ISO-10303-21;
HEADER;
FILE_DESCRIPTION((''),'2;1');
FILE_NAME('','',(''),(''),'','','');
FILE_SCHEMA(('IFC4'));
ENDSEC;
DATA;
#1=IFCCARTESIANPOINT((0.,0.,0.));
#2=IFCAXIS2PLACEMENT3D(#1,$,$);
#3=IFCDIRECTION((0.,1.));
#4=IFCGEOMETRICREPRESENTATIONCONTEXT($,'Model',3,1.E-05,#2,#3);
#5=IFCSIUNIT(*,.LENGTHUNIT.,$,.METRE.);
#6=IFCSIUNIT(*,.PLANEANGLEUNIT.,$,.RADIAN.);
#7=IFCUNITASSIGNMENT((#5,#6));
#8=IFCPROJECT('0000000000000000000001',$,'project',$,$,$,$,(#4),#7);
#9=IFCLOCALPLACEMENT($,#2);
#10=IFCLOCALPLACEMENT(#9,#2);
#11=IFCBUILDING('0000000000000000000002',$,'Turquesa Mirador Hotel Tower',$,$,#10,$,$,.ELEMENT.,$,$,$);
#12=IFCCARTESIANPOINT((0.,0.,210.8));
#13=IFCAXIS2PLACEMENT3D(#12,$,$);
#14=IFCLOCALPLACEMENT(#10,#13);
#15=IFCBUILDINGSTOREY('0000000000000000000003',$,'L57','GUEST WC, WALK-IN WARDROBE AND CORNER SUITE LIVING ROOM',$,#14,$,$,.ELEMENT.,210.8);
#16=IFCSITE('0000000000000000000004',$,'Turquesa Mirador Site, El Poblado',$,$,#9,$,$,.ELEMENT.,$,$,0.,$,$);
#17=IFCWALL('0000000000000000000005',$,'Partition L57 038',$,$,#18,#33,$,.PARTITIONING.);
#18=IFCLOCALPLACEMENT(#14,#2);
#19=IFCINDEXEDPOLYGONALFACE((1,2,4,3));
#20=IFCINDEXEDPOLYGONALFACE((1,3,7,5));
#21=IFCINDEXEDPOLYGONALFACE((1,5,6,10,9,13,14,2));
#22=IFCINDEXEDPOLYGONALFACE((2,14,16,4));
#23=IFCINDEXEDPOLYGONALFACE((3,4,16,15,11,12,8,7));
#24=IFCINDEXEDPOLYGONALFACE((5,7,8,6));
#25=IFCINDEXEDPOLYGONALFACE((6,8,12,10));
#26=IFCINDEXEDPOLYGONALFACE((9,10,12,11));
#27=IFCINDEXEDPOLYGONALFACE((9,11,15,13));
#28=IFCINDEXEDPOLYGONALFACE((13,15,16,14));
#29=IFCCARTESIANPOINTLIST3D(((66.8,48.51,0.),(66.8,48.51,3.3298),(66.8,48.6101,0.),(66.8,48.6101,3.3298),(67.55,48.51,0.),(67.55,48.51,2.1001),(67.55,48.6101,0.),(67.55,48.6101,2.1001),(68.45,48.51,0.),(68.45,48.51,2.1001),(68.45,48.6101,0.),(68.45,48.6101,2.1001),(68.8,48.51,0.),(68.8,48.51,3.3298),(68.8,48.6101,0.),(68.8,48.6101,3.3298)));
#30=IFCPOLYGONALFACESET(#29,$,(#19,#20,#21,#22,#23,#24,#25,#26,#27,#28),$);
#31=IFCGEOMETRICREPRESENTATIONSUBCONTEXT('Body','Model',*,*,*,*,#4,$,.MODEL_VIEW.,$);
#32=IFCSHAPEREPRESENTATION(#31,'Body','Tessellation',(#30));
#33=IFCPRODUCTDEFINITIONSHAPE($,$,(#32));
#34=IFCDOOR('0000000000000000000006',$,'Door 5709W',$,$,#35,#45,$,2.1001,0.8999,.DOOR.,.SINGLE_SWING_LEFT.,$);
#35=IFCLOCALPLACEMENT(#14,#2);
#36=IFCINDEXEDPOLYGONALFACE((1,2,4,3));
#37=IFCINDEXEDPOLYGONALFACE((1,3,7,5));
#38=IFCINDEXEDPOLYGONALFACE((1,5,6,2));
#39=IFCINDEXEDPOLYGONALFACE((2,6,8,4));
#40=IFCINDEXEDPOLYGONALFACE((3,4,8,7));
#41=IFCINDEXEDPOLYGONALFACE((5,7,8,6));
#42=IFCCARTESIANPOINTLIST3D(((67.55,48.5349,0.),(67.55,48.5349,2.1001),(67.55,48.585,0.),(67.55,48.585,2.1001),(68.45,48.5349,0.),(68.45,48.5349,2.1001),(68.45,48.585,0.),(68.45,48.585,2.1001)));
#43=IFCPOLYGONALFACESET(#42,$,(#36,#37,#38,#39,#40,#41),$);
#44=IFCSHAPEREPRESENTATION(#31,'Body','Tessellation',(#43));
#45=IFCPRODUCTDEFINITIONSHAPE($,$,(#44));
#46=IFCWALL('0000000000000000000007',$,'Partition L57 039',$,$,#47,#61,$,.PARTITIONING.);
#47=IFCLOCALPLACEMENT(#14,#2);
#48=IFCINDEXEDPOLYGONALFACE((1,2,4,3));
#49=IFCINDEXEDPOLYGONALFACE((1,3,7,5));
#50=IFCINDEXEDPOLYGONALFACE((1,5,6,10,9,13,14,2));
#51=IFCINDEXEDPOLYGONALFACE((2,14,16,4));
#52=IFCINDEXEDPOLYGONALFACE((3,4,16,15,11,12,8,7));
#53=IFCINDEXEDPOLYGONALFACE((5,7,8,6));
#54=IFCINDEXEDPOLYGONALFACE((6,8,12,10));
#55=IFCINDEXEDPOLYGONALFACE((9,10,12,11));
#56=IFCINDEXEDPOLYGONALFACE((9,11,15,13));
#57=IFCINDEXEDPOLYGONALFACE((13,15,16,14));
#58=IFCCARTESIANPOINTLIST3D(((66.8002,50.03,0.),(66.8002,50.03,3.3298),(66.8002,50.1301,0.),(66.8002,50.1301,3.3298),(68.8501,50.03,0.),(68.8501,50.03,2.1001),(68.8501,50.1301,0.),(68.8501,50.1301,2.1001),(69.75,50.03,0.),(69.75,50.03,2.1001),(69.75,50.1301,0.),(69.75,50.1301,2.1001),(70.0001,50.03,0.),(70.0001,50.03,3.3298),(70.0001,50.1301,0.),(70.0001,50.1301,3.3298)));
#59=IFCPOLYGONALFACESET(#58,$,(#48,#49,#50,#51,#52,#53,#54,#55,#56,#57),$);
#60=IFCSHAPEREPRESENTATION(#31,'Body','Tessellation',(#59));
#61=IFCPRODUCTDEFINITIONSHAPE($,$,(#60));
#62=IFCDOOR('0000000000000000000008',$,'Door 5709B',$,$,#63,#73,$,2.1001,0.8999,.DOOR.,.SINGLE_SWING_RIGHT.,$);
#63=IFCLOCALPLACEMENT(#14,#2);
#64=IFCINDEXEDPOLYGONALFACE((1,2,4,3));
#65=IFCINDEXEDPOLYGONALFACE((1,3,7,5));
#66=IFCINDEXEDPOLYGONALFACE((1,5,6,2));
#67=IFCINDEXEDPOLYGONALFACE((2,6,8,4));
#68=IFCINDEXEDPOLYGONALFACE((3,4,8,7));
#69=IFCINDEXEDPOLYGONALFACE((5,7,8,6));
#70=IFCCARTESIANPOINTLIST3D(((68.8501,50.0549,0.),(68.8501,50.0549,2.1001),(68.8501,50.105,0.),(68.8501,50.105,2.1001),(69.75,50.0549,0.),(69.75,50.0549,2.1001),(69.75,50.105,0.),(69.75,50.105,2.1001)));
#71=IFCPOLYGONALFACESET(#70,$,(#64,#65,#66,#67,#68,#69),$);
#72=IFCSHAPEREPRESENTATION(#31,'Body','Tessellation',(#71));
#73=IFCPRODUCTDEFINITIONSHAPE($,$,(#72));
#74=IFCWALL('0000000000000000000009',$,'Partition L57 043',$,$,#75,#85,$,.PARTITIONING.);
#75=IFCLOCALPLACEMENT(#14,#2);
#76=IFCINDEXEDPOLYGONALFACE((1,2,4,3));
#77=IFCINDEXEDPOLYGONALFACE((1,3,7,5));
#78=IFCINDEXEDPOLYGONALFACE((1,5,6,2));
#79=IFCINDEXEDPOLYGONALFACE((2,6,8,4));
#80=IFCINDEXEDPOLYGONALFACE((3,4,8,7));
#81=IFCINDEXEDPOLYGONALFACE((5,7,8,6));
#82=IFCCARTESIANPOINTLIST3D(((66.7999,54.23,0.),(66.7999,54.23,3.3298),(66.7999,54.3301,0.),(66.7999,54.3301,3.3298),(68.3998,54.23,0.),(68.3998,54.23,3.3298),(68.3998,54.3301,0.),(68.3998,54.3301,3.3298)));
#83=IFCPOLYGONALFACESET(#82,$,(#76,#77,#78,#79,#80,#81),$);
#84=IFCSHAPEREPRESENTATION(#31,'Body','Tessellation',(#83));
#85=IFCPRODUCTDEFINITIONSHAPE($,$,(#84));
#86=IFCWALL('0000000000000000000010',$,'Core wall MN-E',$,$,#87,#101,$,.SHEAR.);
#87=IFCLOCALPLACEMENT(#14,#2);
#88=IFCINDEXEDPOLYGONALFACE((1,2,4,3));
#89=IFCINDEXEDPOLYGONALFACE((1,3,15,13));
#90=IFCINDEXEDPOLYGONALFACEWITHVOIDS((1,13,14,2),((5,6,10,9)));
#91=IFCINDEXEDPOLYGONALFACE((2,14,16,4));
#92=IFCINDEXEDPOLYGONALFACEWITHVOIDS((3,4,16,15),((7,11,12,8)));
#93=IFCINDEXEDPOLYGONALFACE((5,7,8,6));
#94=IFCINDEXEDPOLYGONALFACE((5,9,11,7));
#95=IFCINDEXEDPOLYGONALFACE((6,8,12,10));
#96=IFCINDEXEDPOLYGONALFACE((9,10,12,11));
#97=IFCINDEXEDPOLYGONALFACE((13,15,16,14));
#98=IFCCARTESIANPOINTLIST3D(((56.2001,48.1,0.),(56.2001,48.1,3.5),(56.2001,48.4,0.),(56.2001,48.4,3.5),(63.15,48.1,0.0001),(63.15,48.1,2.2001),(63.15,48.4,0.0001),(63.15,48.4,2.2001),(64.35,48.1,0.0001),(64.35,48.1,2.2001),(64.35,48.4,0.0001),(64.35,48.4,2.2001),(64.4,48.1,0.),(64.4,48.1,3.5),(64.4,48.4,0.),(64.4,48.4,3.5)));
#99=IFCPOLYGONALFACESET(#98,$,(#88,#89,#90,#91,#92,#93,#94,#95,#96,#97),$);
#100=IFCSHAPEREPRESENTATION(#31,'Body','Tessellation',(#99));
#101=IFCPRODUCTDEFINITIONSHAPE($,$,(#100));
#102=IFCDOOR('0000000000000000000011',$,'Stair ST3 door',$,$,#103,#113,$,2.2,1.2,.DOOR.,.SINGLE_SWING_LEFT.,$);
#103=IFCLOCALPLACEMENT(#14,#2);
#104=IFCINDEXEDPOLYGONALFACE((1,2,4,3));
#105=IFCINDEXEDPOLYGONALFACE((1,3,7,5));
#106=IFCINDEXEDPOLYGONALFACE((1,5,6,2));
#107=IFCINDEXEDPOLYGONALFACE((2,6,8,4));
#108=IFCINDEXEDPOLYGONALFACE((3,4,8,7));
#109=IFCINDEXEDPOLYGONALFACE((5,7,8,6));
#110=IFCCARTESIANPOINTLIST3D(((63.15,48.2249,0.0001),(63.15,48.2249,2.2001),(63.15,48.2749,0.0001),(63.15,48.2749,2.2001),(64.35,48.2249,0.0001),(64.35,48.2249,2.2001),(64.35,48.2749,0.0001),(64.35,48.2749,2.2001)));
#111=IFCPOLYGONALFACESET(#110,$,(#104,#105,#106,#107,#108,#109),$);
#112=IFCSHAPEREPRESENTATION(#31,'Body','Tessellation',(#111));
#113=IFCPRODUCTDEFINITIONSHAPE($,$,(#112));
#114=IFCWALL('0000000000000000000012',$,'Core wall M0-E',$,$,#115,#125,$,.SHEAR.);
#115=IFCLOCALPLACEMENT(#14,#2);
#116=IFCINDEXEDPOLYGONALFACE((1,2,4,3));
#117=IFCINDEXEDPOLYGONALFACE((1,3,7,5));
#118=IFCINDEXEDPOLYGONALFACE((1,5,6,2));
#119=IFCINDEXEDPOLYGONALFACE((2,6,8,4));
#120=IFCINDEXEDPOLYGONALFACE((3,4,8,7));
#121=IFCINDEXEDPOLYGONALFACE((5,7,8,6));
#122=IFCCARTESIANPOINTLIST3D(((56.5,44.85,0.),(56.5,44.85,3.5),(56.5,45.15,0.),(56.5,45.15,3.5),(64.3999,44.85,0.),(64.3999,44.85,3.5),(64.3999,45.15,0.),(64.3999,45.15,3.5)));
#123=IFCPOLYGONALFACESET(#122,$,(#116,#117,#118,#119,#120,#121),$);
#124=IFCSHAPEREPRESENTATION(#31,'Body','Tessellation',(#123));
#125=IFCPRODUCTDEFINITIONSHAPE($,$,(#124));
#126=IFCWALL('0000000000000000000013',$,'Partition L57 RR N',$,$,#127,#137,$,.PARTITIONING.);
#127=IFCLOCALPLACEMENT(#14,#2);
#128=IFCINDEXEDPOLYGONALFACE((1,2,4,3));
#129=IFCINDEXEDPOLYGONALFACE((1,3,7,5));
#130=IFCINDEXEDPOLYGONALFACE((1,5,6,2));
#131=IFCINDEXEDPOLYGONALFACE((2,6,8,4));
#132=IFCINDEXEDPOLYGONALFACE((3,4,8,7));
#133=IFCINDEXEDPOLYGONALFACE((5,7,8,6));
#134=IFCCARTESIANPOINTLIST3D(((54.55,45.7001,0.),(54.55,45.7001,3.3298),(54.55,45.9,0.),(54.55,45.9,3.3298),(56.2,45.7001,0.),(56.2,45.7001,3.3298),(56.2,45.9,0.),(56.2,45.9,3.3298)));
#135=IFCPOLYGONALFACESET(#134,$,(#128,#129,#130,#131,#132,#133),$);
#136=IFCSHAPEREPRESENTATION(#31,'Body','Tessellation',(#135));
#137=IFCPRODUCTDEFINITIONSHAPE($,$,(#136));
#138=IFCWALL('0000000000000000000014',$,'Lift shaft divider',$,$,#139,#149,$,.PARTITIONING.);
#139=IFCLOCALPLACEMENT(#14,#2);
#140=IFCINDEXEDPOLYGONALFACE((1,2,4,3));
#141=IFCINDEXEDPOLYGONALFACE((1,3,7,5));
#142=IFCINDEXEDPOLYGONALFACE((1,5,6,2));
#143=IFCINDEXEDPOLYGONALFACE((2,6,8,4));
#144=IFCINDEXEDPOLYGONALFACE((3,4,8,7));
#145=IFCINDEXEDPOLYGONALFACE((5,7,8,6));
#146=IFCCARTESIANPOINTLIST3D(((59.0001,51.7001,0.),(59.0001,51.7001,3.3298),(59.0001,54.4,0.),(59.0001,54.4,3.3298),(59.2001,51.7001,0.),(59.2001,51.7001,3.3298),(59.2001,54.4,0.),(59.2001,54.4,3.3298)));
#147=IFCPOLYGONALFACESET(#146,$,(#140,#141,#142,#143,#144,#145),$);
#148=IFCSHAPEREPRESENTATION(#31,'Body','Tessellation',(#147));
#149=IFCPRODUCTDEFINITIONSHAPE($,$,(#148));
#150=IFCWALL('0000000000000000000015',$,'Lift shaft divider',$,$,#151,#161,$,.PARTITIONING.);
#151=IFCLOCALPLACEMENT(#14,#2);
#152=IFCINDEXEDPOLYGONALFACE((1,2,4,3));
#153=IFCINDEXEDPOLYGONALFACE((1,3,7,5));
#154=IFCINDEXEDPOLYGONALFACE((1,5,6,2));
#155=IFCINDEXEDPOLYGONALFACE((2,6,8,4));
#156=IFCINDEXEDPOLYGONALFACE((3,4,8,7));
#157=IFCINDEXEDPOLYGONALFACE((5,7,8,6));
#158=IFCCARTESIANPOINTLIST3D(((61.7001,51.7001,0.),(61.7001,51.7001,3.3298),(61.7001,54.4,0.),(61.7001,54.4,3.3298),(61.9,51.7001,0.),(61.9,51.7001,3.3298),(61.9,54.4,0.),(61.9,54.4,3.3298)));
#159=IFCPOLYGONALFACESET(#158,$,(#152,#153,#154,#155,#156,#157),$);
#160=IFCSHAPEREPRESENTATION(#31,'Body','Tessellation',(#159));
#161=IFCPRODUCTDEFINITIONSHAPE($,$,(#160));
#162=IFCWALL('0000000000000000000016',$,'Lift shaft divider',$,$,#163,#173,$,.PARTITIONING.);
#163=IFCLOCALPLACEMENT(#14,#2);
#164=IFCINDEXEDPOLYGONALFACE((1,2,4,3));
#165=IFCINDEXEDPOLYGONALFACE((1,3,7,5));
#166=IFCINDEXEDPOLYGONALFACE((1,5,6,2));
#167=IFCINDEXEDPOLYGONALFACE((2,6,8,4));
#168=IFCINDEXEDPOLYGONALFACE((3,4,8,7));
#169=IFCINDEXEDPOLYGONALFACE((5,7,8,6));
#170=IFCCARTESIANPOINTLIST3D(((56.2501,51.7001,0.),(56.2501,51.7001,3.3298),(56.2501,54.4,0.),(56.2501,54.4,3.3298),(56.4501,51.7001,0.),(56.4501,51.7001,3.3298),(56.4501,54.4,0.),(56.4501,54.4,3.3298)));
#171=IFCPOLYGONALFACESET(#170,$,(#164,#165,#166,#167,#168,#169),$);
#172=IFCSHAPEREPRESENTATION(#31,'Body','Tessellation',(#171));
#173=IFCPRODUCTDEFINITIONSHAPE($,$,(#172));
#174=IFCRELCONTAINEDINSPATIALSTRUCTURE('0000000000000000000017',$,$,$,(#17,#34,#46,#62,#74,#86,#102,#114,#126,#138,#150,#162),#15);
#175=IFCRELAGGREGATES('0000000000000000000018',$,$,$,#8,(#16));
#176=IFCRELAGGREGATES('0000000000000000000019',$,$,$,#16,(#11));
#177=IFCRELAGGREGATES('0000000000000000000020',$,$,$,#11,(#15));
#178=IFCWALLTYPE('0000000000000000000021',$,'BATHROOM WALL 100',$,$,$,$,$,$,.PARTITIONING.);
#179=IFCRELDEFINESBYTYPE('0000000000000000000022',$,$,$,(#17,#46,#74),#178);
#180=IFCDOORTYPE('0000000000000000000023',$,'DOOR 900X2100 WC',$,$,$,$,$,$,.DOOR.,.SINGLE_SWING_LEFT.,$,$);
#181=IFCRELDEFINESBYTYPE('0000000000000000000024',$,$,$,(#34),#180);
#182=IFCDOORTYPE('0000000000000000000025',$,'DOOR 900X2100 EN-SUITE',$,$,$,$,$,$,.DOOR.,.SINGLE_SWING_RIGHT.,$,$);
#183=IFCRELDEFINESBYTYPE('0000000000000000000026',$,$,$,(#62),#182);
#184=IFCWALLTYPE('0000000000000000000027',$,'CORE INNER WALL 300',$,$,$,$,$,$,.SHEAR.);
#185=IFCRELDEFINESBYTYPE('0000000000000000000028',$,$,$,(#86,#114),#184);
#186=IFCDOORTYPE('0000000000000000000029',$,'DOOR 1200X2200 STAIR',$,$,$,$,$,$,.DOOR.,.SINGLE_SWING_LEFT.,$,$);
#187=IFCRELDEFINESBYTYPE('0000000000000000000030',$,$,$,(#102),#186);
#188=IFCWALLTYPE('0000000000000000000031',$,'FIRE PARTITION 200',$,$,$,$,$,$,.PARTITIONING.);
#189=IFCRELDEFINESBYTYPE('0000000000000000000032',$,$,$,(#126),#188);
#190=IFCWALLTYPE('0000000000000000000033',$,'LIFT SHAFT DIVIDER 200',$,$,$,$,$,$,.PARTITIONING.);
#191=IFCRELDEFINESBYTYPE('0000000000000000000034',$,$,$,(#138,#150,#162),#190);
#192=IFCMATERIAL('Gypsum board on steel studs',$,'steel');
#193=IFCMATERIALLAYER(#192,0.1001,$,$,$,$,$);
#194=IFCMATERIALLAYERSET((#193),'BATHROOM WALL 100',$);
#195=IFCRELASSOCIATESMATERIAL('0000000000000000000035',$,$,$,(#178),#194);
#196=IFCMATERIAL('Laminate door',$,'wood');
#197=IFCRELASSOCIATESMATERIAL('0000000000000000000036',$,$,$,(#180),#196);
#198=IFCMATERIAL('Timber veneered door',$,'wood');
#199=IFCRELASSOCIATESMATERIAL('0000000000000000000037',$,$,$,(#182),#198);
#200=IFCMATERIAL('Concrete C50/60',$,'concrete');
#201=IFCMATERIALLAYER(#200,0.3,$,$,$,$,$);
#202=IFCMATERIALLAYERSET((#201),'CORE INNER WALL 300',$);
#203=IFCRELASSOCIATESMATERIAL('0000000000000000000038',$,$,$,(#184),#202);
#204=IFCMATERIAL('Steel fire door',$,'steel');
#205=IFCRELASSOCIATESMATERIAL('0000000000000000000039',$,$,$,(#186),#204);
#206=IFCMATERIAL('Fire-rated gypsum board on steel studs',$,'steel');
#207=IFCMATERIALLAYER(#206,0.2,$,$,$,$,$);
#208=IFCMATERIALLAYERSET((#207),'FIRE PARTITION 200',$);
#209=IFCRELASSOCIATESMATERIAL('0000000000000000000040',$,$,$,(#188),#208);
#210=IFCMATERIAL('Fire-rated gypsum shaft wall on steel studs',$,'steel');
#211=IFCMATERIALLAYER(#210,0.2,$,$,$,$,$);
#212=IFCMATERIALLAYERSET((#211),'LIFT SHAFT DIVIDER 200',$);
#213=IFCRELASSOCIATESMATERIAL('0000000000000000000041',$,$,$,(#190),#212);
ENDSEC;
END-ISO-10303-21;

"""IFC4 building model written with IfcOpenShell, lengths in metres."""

from ifc_helpers import new_model, si_unit, direction, frame, frame_2d, origin, place, context, subcontext, project, spatial, rectangle, extrude, material, layer, layer_set, type_object, element, fill, save


model = new_model("IFC4")

# Units and contexts
model_context = context("Model", 3, precision=1e-05, world=origin(), true_north=direction((0.0, 1.0)))
body_context = subcontext(model_context, "Body", "Model", "MODEL_VIEW")
ifc_project = project(units=[si_unit("LENGTHUNIT", "METRE"), si_unit("PLANEANGLEUNIT", "RADIAN")], contexts=[model_context])

# Site, building, storey
site_placement = place(None, origin())
site = spatial("IfcSite", under=ifc_project, at=site_placement, Name="Turquesa Mirador Site, El Poblado", CompositionType="ELEMENT", RefElevation=0.0)
building_placement = place(site_placement, origin())
building = spatial("IfcBuilding", under=site, at=building_placement, Name="Turquesa Mirador Hotel Tower", CompositionType="ELEMENT")
storey_placement = place(building_placement, frame((0.0, 0.0, 210.8)))
storey = spatial("IfcBuildingStorey", under=building, at=storey_placement, Name="L57", Description="GUEST WC, WALK-IN WARDROBE AND CORNER SUITE LIVING ROOM", CompositionType="ELEMENT", Elevation=210.8)

# Walls, openings, doors
ifc_material_1 = material(Name="Gypsum board on steel studs", Category="steel")
ifc_layer_1 = layer(ifc_material_1, 0.1001)
ifc_layer_set_1 = layer_set([ifc_layer_1], Name="BATHROOM WALL 100")
wall_type_1 = type_object("IfcWallType", Name="BATHROOM WALL 100", PredefinedType="PARTITIONING", material=ifc_layer_set_1)
wall_1_placement = place(storey_placement, frame((66.8, 48.5601, 0.0), z_axis=(0.0, 0.0, 1.0), x_axis=(1.0, 0.0, 0.0)))
wall_1 = element("IfcWall", 1, at=wall_1_placement, inside=storey, type_object=wall_type_1, Name="Partition L57 038", PredefinedType="PARTITIONING", context=body_context, shape_type="SweptSolid", body=[
    extrude(rectangle(XDim=2.0, YDim=0.1001, at=frame_2d((1.0, 0.0))), origin(), (0.0, 0.0, 1.0), 3.3298),
])
opening_1_placement = place(wall_1_placement, frame((0.75, 0.0, 0.0)))
opening_1 = element("IfcOpeningElement", 2, at=opening_1_placement, cuts=wall_1, PredefinedType="OPENING", context=body_context, shape_type="SweptSolid", body=[
    extrude(rectangle(XDim=0.8999, YDim=2.1001, at=frame_2d((0.45, 1.05))), frame((0.0, 0.0601, 0.0), z_axis=(0.0, -1.0, 0.0), x_axis=(1.0, 0.0, 0.0)), (0.0, 0.0, 1.0), 0.1201),
])
ifc_material_2 = material(Name="Laminate door", Category="wood")
door_type_1 = type_object("IfcDoorType", Name="DOOR 900X2100 WC", OperationType="SINGLE_SWING_LEFT", PredefinedType="DOOR", material=ifc_material_2)
door_1_placement = place(opening_1_placement, origin())
door_1 = element("IfcDoor", 3, at=door_1_placement, inside=storey, type_object=door_type_1, Name="Door 5709W", OperationType="SINGLE_SWING_LEFT", OverallHeight=2.1001, OverallWidth=0.8999, PredefinedType="DOOR", context=body_context, shape_type="SweptSolid", body=[
    extrude(rectangle(XDim=0.8999, YDim=2.1001, at=frame_2d((0.45, 1.05))), frame((0.0, 0.0249, 0.0), z_axis=(0.0, -1.0, 0.0), x_axis=(1.0, 0.0, 0.0)), (0.0, 0.0, 1.0), 0.05),
])
fill(opening_1, door_1)
wall_2_placement = place(storey_placement, frame((66.8, 50.0801, 0.0), z_axis=(0.0, 0.0, 1.0), x_axis=(1.0, 0.0, 0.0)))
wall_2 = element("IfcWall", 4, at=wall_2_placement, inside=storey, type_object=wall_type_1, Name="Partition L57 039", PredefinedType="PARTITIONING", context=body_context, shape_type="SweptSolid", body=[
    extrude(rectangle(XDim=3.2, YDim=0.1001, at=frame_2d((1.6001, 0.0))), origin(), (0.0, 0.0, 1.0), 3.3298),
])
opening_2_placement = place(wall_2_placement, frame((2.05, 0.0, 0.0)))
opening_2 = element("IfcOpeningElement", 5, at=opening_2_placement, cuts=wall_2, PredefinedType="OPENING", context=body_context, shape_type="SweptSolid", body=[
    extrude(rectangle(XDim=0.8999, YDim=2.1001, at=frame_2d((0.45, 1.05))), frame((0.0, 0.0601, 0.0), z_axis=(0.0, -1.0, 0.0), x_axis=(1.0, 0.0, 0.0)), (0.0, 0.0, 1.0), 0.1201),
])
ifc_material_3 = material(Name="Timber veneered door", Category="wood")
door_type_2 = type_object("IfcDoorType", Name="DOOR 900X2100 EN-SUITE", OperationType="SINGLE_SWING_RIGHT", PredefinedType="DOOR", material=ifc_material_3)
door_2_placement = place(opening_2_placement, origin())
door_2 = element("IfcDoor", 6, at=door_2_placement, inside=storey, type_object=door_type_2, Name="Door 5709B", OperationType="SINGLE_SWING_RIGHT", OverallHeight=2.1001, OverallWidth=0.8999, PredefinedType="DOOR", context=body_context, shape_type="SweptSolid", body=[
    extrude(rectangle(XDim=0.8999, YDim=2.1001, at=frame_2d((0.45, 1.05))), frame((0.0, 0.0249, 0.0), z_axis=(0.0, -1.0, 0.0), x_axis=(1.0, 0.0, 0.0)), (0.0, 0.0, 1.0), 0.05),
])
fill(opening_2, door_2)

# Wall
wall_3_placement = place(storey_placement, frame((66.8, 54.28, 0.0), z_axis=(0.0, 0.0, 1.0), x_axis=(1.0, 0.0, 0.0)))
element("IfcWall", 7, at=wall_3_placement, inside=storey, type_object=wall_type_1, Name="Partition L57 043", PredefinedType="PARTITIONING", context=body_context, shape_type="SweptSolid", body=[
    extrude(rectangle(XDim=1.5999, YDim=0.1001, at=frame_2d((0.7998, 0.0))), origin(), (0.0, 0.0, 1.0), 3.3298),
])

# Wall, opening, door
ifc_material_4 = material(Name="Concrete C50/60", Category="concrete")
ifc_layer_2 = layer(ifc_material_4, 0.3)
ifc_layer_set_2 = layer_set([ifc_layer_2], Name="CORE INNER WALL 300")
wall_type_2 = type_object("IfcWallType", Name="CORE INNER WALL 300", PredefinedType="SHEAR", material=ifc_layer_set_2)
wall_4_placement = place(storey_placement, frame((56.2, 48.25, 0.0), z_axis=(0.0, 0.0, 1.0), x_axis=(1.0, 0.0, 0.0)))
wall_4 = element("IfcWall", 8, at=wall_4_placement, inside=storey, type_object=wall_type_2, Name="Core wall MN-E", PredefinedType="SHEAR", context=body_context, shape_type="SweptSolid", body=[
    extrude(rectangle(XDim=8.2, YDim=0.3, at=frame_2d((4.1001, 0.0))), origin(), (0.0, 0.0, 1.0), 3.5),
])
opening_3_placement = place(wall_4_placement, frame((6.95, 0.0, 0.0)))
opening_3 = element("IfcOpeningElement", 9, at=opening_3_placement, cuts=wall_4, PredefinedType="OPENING", context=body_context, shape_type="SweptSolid", body=[
    extrude(rectangle(XDim=1.2, YDim=2.2, at=frame_2d((0.6001, 1.1001))), frame((0.0, 0.1599, 0.0), z_axis=(0.0, -1.0, 0.0), x_axis=(1.0, 0.0, 0.0)), (0.0, 0.0, 1.0), 0.3201),
])
ifc_material_5 = material(Name="Steel fire door", Category="steel")
door_type_3 = type_object("IfcDoorType", Name="DOOR 1200X2200 STAIR", OperationType="SINGLE_SWING_LEFT", PredefinedType="DOOR", material=ifc_material_5)
door_3_placement = place(opening_3_placement, origin())
door_3 = element("IfcDoor", 10, at=door_3_placement, inside=storey, type_object=door_type_3, Name="Stair ST3 door", OperationType="SINGLE_SWING_LEFT", OverallHeight=2.2, OverallWidth=1.2, PredefinedType="DOOR", context=body_context, shape_type="SweptSolid", body=[
    extrude(rectangle(XDim=1.2, YDim=2.2, at=frame_2d((0.6001, 1.1001))), frame((0.0, 0.0249, 0.0), z_axis=(0.0, -1.0, 0.0), x_axis=(1.0, 0.0, 0.0)), (0.0, 0.0, 1.0), 0.05),
])
fill(opening_3, door_3)

# Walls
wall_5_placement = place(storey_placement, frame((56.5, 45.0, 0.0), z_axis=(0.0, 0.0, 1.0), x_axis=(1.0, 0.0, 0.0)))
element("IfcWall", 11, at=wall_5_placement, inside=storey, type_object=wall_type_2, Name="Core wall M0-E", PredefinedType="SHEAR", context=body_context, shape_type="SweptSolid", body=[
    extrude(rectangle(XDim=7.8999, YDim=0.3, at=frame_2d((3.95, 0.0))), origin(), (0.0, 0.0, 1.0), 3.5),
])
ifc_material_6 = material(Name="Fire-rated gypsum board on steel studs", Category="steel")
ifc_layer_3 = layer(ifc_material_6, 0.2)
ifc_layer_set_3 = layer_set([ifc_layer_3], Name="FIRE PARTITION 200")
wall_type_3 = type_object("IfcWallType", Name="FIRE PARTITION 200", PredefinedType="PARTITIONING", material=ifc_layer_set_3)
wall_6_placement = place(storey_placement, frame((54.55, 45.8, 0.0), z_axis=(0.0, 0.0, 1.0), x_axis=(1.0, 0.0, 0.0)))
element("IfcWall", 12, at=wall_6_placement, inside=storey, type_object=wall_type_3, Name="Partition L57 RR N", PredefinedType="PARTITIONING", context=body_context, shape_type="SweptSolid", body=[
    extrude(rectangle(XDim=1.6499, YDim=0.2, at=frame_2d((0.825, 0.0))), origin(), (0.0, 0.0, 1.0), 3.3298),
])
ifc_material_7 = material(Name="Fire-rated gypsum shaft wall on steel studs", Category="steel")
ifc_layer_4 = layer(ifc_material_7, 0.2)
ifc_layer_set_4 = layer_set([ifc_layer_4], Name="LIFT SHAFT DIVIDER 200")
wall_type_4 = type_object("IfcWallType", Name="LIFT SHAFT DIVIDER 200", PredefinedType="PARTITIONING", material=ifc_layer_set_4)
for number, where, z_axis, x_axis, name in (
    (13, (59.1001, 51.7, 0.0), (0.0, 0.0, 1.0), (0.0, 1.0, 0.0), "Lift shaft divider"),
    (14, (61.8, 51.7, 0.0), (0.0, 0.0, 1.0), (0.0, 1.0, 0.0), "Lift shaft divider"),
    (15, (56.3501, 51.7, 0.0), (0.0, 0.0, 1.0), (0.0, 1.0, 0.0), "Lift shaft divider"),
):
    element("IfcWall", number, at=place(storey_placement, frame(where, z_axis=z_axis, x_axis=x_axis)), inside=storey, type_object=wall_type_4, Name=name, PredefinedType="PARTITIONING", context=body_context, shape_type="SweptSolid", body=[
        extrude(rectangle(XDim=2.7, YDim=0.2, at=frame_2d((1.3501, 0.0))), origin(), (0.0, 0.0, 1.0), 3.3298),
    ])

save(model, "model.ifc")
